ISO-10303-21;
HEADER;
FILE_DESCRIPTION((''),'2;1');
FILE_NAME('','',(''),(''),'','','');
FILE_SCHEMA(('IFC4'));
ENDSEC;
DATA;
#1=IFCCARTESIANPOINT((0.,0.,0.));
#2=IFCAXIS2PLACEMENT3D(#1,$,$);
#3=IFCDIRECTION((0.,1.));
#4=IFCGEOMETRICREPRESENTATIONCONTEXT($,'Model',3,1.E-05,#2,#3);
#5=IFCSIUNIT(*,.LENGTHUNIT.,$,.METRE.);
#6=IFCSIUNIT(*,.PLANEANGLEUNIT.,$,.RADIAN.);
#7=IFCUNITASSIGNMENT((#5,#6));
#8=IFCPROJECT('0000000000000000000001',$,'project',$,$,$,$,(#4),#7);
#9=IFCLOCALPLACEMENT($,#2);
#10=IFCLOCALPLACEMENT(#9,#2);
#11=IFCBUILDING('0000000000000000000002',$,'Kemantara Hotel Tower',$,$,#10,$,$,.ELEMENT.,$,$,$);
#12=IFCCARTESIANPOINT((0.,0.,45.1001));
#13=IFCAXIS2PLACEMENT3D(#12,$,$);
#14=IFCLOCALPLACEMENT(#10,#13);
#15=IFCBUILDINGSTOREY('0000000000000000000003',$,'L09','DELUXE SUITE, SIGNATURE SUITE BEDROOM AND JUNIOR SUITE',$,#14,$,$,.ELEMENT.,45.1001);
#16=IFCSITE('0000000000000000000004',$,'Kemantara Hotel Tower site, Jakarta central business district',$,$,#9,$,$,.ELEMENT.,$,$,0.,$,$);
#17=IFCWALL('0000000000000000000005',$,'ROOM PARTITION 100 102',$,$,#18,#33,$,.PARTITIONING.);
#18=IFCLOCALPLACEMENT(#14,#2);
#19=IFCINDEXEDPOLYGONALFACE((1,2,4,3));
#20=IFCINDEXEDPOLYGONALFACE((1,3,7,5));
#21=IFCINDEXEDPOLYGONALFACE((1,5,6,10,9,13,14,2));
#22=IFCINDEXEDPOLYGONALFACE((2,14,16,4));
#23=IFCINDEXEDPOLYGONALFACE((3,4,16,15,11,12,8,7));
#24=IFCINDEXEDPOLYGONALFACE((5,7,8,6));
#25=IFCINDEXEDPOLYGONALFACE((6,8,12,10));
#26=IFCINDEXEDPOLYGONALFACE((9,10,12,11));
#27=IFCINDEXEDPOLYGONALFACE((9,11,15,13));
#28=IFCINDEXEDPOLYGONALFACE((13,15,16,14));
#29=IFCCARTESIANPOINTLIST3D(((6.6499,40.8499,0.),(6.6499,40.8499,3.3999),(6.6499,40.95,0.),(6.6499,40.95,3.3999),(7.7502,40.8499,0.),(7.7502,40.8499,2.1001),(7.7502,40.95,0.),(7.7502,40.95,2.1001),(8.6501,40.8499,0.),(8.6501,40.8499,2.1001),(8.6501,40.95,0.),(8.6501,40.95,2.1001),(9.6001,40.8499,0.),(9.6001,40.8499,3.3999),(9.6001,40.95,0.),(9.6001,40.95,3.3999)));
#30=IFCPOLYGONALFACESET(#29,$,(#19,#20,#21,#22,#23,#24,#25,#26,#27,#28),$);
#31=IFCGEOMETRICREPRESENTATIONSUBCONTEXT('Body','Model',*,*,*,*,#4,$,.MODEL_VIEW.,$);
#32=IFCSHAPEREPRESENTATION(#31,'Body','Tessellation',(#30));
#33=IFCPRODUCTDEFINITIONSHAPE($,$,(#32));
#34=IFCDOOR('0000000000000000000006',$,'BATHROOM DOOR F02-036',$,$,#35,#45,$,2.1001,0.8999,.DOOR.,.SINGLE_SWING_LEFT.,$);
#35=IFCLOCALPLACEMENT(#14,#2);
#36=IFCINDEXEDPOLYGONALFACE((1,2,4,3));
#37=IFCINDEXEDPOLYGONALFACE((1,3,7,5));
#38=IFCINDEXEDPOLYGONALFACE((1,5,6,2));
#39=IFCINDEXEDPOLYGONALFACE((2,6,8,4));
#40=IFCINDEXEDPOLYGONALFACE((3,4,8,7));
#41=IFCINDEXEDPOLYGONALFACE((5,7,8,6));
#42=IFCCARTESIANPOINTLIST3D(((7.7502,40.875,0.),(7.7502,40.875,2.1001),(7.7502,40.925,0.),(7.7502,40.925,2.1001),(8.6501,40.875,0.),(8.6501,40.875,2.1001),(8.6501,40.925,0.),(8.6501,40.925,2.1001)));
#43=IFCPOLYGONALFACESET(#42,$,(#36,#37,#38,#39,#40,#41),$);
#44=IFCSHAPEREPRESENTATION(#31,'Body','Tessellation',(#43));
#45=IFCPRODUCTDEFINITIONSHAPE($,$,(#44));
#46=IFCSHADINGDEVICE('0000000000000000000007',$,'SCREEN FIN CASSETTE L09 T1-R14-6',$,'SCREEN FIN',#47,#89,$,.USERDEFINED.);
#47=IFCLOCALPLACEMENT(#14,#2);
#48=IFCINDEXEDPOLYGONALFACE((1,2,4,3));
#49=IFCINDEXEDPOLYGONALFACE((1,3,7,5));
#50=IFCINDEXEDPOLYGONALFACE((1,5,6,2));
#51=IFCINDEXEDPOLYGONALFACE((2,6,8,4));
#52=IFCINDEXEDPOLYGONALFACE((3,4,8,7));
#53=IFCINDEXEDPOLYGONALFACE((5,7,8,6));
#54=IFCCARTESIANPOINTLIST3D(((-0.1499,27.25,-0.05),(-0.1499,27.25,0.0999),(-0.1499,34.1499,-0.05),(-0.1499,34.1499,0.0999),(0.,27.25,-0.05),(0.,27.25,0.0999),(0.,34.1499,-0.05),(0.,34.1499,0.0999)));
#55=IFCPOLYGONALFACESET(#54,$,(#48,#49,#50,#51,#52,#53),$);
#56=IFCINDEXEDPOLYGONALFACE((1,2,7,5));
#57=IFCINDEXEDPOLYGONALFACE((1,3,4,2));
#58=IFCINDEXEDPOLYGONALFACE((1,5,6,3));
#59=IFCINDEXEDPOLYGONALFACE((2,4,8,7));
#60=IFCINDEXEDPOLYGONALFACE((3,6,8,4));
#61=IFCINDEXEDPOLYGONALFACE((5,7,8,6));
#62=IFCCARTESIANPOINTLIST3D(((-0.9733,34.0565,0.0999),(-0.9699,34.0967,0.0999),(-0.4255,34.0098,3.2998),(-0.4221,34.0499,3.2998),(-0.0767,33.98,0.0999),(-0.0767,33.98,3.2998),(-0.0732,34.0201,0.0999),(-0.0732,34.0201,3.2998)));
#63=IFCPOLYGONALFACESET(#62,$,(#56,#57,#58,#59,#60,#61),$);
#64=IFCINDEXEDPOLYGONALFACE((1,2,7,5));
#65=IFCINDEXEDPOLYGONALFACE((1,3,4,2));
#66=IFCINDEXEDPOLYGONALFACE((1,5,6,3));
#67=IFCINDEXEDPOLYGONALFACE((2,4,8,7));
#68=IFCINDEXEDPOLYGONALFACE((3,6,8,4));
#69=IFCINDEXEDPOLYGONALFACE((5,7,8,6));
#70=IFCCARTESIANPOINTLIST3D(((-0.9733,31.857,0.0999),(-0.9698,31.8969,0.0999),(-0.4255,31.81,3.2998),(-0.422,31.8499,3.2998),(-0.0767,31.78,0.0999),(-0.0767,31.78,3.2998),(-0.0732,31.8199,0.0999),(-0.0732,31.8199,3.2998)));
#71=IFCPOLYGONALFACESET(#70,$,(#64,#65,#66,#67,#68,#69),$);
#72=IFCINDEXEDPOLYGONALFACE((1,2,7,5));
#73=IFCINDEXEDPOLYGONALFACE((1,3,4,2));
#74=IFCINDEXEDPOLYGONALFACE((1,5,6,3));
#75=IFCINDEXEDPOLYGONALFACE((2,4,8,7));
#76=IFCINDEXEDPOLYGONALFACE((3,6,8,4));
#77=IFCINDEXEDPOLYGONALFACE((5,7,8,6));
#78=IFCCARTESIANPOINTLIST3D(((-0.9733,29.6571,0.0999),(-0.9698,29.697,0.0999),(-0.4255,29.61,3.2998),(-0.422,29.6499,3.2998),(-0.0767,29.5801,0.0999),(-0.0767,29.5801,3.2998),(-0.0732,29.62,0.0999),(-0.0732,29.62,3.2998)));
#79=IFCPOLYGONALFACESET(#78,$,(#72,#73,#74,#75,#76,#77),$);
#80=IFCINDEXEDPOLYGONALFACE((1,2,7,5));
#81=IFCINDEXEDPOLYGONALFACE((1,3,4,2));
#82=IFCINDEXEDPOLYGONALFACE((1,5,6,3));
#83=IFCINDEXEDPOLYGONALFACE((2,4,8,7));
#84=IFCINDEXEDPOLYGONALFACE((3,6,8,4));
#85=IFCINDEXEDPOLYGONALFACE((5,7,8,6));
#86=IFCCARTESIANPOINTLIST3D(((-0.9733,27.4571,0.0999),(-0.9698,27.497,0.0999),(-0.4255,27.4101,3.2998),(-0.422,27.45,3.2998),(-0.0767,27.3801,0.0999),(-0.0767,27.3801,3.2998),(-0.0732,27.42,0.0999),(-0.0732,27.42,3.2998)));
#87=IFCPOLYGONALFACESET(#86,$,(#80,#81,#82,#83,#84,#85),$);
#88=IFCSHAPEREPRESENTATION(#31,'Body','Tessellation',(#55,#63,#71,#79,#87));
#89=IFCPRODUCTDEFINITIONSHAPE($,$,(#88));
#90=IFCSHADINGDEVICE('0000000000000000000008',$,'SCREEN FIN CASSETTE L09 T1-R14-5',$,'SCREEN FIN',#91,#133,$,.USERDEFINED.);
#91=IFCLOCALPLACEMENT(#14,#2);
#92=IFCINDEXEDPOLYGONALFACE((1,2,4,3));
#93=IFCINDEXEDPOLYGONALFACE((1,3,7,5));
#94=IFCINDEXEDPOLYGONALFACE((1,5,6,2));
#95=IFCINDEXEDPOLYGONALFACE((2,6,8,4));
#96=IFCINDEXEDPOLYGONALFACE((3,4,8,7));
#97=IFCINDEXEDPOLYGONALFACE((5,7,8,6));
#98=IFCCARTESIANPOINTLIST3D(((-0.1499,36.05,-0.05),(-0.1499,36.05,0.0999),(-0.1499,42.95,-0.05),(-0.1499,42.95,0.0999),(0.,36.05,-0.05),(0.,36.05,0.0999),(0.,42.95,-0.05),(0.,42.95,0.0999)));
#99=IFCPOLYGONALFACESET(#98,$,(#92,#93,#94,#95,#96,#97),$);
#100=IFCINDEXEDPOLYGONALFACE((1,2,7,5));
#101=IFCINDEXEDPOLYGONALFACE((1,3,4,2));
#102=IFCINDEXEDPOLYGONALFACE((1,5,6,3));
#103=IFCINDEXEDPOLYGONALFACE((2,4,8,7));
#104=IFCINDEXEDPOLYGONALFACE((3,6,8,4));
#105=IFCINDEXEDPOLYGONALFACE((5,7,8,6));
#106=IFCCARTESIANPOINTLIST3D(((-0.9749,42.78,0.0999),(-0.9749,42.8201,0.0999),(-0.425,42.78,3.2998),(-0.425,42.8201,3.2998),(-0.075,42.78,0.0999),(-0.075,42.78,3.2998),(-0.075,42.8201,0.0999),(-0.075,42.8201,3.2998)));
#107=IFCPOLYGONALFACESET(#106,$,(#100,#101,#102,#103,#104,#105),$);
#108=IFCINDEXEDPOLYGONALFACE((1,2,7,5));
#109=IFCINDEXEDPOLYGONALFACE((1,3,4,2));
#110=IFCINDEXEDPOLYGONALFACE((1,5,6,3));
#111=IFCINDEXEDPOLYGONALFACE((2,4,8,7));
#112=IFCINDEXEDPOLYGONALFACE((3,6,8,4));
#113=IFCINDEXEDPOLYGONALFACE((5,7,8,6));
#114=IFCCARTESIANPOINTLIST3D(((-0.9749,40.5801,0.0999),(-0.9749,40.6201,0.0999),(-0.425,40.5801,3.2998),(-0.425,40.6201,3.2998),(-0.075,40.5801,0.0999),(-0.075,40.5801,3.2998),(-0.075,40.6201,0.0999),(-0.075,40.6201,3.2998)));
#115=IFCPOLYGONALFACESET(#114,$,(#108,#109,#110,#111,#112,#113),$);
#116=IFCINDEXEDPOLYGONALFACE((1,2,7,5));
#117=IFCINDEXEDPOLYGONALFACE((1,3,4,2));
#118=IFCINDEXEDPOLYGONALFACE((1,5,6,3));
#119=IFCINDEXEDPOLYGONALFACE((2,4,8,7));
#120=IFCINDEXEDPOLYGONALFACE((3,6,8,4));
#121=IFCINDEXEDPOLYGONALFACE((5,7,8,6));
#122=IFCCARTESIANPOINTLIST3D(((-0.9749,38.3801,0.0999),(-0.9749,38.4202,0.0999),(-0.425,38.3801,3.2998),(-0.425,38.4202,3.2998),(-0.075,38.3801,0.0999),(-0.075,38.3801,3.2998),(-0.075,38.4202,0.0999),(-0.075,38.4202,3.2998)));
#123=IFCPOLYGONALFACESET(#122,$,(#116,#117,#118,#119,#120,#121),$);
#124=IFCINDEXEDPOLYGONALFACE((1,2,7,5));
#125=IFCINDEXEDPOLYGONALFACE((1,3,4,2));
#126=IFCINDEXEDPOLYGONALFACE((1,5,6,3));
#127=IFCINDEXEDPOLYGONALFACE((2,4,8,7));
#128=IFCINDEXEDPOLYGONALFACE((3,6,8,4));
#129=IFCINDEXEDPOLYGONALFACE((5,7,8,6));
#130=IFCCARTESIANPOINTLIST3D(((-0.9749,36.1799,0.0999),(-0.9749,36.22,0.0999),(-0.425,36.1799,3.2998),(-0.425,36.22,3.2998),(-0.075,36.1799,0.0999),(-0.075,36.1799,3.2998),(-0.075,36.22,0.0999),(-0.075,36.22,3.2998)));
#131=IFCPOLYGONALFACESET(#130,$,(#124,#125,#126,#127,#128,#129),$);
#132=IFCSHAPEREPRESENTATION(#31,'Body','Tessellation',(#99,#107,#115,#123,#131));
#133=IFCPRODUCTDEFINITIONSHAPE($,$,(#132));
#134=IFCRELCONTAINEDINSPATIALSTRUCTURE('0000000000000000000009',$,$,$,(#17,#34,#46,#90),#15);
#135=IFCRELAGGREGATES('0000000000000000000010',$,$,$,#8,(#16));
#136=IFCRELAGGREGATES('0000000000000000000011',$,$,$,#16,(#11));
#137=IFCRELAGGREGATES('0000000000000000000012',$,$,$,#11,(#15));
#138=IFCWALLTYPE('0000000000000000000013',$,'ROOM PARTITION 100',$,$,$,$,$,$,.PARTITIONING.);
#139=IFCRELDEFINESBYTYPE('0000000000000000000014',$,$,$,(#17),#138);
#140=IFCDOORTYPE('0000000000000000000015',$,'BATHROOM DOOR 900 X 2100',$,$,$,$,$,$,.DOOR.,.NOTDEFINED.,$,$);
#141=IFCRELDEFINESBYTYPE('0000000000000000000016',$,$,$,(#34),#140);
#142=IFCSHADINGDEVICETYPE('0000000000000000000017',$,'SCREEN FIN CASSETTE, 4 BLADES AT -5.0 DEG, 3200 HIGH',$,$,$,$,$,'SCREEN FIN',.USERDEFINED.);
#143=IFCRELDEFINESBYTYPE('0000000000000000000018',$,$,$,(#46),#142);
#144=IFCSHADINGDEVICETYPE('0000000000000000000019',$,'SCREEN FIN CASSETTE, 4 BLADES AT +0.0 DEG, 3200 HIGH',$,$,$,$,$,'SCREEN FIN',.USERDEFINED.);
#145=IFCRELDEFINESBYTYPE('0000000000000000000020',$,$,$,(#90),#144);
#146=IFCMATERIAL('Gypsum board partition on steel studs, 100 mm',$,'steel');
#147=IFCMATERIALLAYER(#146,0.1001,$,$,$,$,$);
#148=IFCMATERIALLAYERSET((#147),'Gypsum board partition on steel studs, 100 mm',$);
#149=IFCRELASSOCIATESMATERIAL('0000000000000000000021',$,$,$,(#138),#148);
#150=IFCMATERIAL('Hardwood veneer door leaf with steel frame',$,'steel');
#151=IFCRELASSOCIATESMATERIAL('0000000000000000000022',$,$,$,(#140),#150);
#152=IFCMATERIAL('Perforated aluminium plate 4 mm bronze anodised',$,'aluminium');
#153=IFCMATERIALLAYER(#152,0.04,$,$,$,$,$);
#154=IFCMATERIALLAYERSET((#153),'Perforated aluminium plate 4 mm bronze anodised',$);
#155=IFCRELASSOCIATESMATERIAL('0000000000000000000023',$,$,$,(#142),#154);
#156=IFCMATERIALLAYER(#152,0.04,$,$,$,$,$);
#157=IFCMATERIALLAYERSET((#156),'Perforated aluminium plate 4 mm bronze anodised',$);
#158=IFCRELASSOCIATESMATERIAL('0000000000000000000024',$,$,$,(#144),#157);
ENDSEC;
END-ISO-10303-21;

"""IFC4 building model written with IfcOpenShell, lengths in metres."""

from ifc_helpers import new_model, si_unit, direction, frame, frame_2d, origin, origin_2d, place, context, subcontext, project, spatial, polyline, rectangle, outline, extrude, source, transform, mapped, material, layer, layer_set, type_object, element, fill, save


model = new_model("IFC4")

# Units and contexts
model_context = context("Model", 3, precision=1e-05, world=origin(), true_north=direction((0.0, 1.0)))
body_context = subcontext(model_context, "Body", "Model", "MODEL_VIEW")
ifc_project = project(units=[si_unit("LENGTHUNIT", "METRE"), si_unit("PLANEANGLEUNIT", "RADIAN")], contexts=[model_context])

# Site, building, storey
site_placement = place(None, origin())
site = spatial("IfcSite", under=ifc_project, at=site_placement, Name="Kemantara Hotel Tower site, Jakarta central business district", CompositionType="ELEMENT", RefElevation=0.0)
building_placement = place(site_placement, origin())
building = spatial("IfcBuilding", under=site, at=building_placement, Name="Kemantara Hotel Tower", CompositionType="ELEMENT")
storey_placement = place(building_placement, frame((0.0, 0.0, 45.1001)))
storey = spatial("IfcBuildingStorey", under=building, at=storey_placement, Name="L09", Description="DELUXE SUITE, SIGNATURE SUITE BEDROOM AND JUNIOR SUITE", CompositionType="ELEMENT", Elevation=45.1001)

# Shared definitions
ifc_material_1 = material(Name="Hardwood veneer door leaf with steel frame", Category="steel")

# Shared definitions
ifc_material_2 = material(Name="Gypsum board partition on steel studs, 100 mm", Category="steel")
ifc_layer_1 = layer(ifc_material_2, 0.1001)
ifc_layer_set_1 = layer_set([ifc_layer_1], Name="Gypsum board partition on steel studs, 100 mm")
wall_type_1 = type_object("IfcWallType", Name="ROOM PARTITION 100", PredefinedType="PARTITIONING", material=ifc_layer_set_1)

# Shared definitions
door_type_1 = type_object("IfcDoorType", Name="BATHROOM DOOR 900 X 2100", OperationType="NOTDEFINED", PredefinedType="DOOR", material=ifc_material_1)

# Wall, opening, door
wall_1_placement = place(storey_placement, frame((9.6001, 40.8999, 0.0), z_axis=(0.0, 0.0, 1.0), x_axis=(-1.0, 0.0, 0.0)))
wall_1 = element("IfcWall", 1, at=wall_1_placement, inside=storey, type_object=wall_type_1, Name="ROOM PARTITION 100 102", PredefinedType="PARTITIONING", context=body_context, shape_type="SweptSolid", body=[
    extrude(rectangle(XDim=2.9502, YDim=0.1001, at=frame_2d((1.4751, 0.0))), origin(), (0.0, 0.0, 1.0), 3.3999),
])
opening_1_placement = place(wall_1_placement, frame((0.95, 0.0, 0.0)))
opening_1 = element("IfcOpeningElement", 2, at=opening_1_placement, cuts=wall_1, PredefinedType="OPENING", context=body_context, shape_type="SweptSolid", body=[
    extrude(rectangle(XDim=0.8999, YDim=2.1001, at=frame_2d((0.45, 1.05))), frame((0.0, 0.0601, 0.0), z_axis=(0.0, -1.0, 0.0), x_axis=(1.0, 0.0, 0.0)), (0.0, 0.0, 1.0), 0.1201),
])
door_1_placement = place(opening_1_placement, origin())
door_1 = element("IfcDoor", 3, at=door_1_placement, inside=storey, type_object=door_type_1, Name="BATHROOM DOOR F02-036", OperationType="SINGLE_SWING_LEFT", OverallHeight=2.1001, OverallWidth=0.8999, PredefinedType="DOOR", context=body_context, shape_type="SweptSolid", body=[
    extrude(rectangle(XDim=0.8999, YDim=2.1001, at=frame_2d((0.45, 1.05))), frame((0.0, 0.0249, 0.0), z_axis=(0.0, -1.0, 0.0), x_axis=(1.0, 0.0, 0.0)), (0.0, 0.0, 1.0), 0.05),
])
fill(opening_1, door_1)

# Shading devices
ifc_material_3 = material(Name="Perforated aluminium plate 4 mm bronze anodised", Category="aluminium")
ifc_layer_2 = layer(ifc_material_3, 0.04)
ifc_layer_set_2 = layer_set([ifc_layer_2], Name="Perforated aluminium plate 4 mm bronze anodised")
shading_device_type_1 = type_object("IfcShadingDeviceType", Name="SCREEN FIN CASSETTE, 4 BLADES AT -5.0 DEG, 3200 HIGH", ElementType="SCREEN FIN", PredefinedType="USERDEFINED", material=ifc_layer_set_2)
shared_shape_1 = source(origin(), body_context, "Body", "SweptSolid", [
    extrude(rectangle(XDim=6.8999, YDim=0.1499, at=origin_2d()), frame((3.3, -0.075, -0.1499), z_axis=(0.0, 0.0, 1.0), x_axis=(1.0, 0.0, 0.0)), (0.0, 0.0, 1.0), 0.1499),
    extrude(outline(polyline([(0.0, 0.0), (0.8999, 0.0), (0.3501, 3.2), (0.0, 3.2), (0.0, 0.0)])), frame((0.02, -0.0767, 0.0), z_axis=(-0.996376, 0.085056, 0.0), x_axis=(-0.085056, -0.996376, 0.0)), (0.0, 0.0, 1.0), 0.0403),
    extrude(outline(polyline([(0.0, 0.0), (0.8999, 0.0), (0.3501, 3.2), (0.0, 3.2), (0.0, 0.0)])), frame((2.22, -0.0767, 0.0), z_axis=(-0.996332, 0.085575, 0.0), x_axis=(-0.085575, -0.996332, 0.0)), (0.0, 0.0, 1.0), 0.04),
    extrude(outline(polyline([(0.0, 0.0), (0.8999, 0.0), (0.3501, 3.2), (0.0, 3.2), (0.0, 0.0)])), frame((4.4199, -0.0767, 0.0), z_axis=(-0.996332, 0.085575, 0.0), x_axis=(-0.085575, -0.996332, 0.0)), (0.0, 0.0, 1.0), 0.04),
    extrude(outline(polyline([(0.0, 0.0), (0.8999, 0.0), (0.3501, 3.2), (0.0, 3.2), (0.0, 0.0)])), frame((6.6199, -0.0767, 0.0), z_axis=(-0.996332, 0.085575, 0.0), x_axis=(-0.085575, -0.996332, 0.0)), (0.0, 0.0, 1.0), 0.04),
])
shading_device_1_placement = place(storey_placement, frame((0.0, 34.0, 0.0999), z_axis=(0.0, 0.0, 1.0), x_axis=(0.0, -1.0, 0.0)))
element("IfcShadingDevice", 4, at=shading_device_1_placement, inside=storey, type_object=shading_device_type_1, Name="SCREEN FIN CASSETTE L09 T1-R14-6", ObjectType="SCREEN FIN", PredefinedType="USERDEFINED", context=body_context, shape_type="MappedRepresentation", body=[
    mapped(shared_shape_1, transform((0.0, 0.0, 0.0))),
])
ifc_layer_3 = layer(ifc_material_3, 0.04)
ifc_layer_set_3 = layer_set([ifc_layer_3], Name="Perforated aluminium plate 4 mm bronze anodised")
shading_device_type_2 = type_object("IfcShadingDeviceType", Name="SCREEN FIN CASSETTE, 4 BLADES AT +0.0 DEG, 3200 HIGH", ElementType="SCREEN FIN", PredefinedType="USERDEFINED", material=ifc_layer_set_3)
shared_shape_2 = source(origin(), body_context, "Body", "SweptSolid", [
    extrude(rectangle(XDim=6.8999, YDim=0.1499, at=origin_2d()), frame((3.3, -0.075, -0.1499), z_axis=(0.0, 0.0, 1.0), x_axis=(1.0, 0.0, 0.0)), (0.0, 0.0, 1.0), 0.1499),
    extrude(outline(polyline([(0.0, 0.0), (0.8999, 0.0), (0.3501, 3.2), (0.0, 3.2), (0.0, 0.0)])), frame((0.02, -0.075, 0.0), z_axis=(-1.0, 0.0, 0.0), x_axis=(0.0, -1.0, 0.0)), (0.0, 0.0, 1.0), 0.04),
    extrude(outline(polyline([(0.0, 0.0), (0.8999, 0.0), (0.3501, 3.2), (0.0, 3.2), (0.0, 0.0)])), frame((2.22, -0.075, 0.0), z_axis=(-1.0, 0.0, 0.0), x_axis=(0.0, -1.0, 0.0)), (0.0, 0.0, 1.0), 0.04),
    extrude(outline(polyline([(0.0, 0.0), (0.8999, 0.0), (0.3501, 3.2), (0.0, 3.2), (0.0, 0.0)])), frame((4.4199, -0.075, 0.0), z_axis=(-1.0, 0.0, 0.0), x_axis=(0.0, -1.0, 0.0)), (0.0, 0.0, 1.0), 0.04),
    extrude(outline(polyline([(0.0, 0.0), (0.8999, 0.0), (0.3501, 3.2), (0.0, 3.2), (0.0, 0.0)])), frame((6.6201, -0.075, 0.0), z_axis=(-1.0, 0.0, 0.0), x_axis=(0.0, -1.0, 0.0)), (0.0, 0.0, 1.0), 0.04),
])
shading_device_2_placement = place(storey_placement, frame((0.0, 42.8, 0.0999), z_axis=(0.0, 0.0, 1.0), x_axis=(0.0, -1.0, 0.0)))
element("IfcShadingDevice", 5, at=shading_device_2_placement, inside=storey, type_object=shading_device_type_2, Name="SCREEN FIN CASSETTE L09 T1-R14-5", ObjectType="SCREEN FIN", PredefinedType="USERDEFINED", context=body_context, shape_type="MappedRepresentation", body=[
    mapped(shared_shape_2, transform((0.0, 0.0, 0.0))),
])

save(model, "model.ifc")
